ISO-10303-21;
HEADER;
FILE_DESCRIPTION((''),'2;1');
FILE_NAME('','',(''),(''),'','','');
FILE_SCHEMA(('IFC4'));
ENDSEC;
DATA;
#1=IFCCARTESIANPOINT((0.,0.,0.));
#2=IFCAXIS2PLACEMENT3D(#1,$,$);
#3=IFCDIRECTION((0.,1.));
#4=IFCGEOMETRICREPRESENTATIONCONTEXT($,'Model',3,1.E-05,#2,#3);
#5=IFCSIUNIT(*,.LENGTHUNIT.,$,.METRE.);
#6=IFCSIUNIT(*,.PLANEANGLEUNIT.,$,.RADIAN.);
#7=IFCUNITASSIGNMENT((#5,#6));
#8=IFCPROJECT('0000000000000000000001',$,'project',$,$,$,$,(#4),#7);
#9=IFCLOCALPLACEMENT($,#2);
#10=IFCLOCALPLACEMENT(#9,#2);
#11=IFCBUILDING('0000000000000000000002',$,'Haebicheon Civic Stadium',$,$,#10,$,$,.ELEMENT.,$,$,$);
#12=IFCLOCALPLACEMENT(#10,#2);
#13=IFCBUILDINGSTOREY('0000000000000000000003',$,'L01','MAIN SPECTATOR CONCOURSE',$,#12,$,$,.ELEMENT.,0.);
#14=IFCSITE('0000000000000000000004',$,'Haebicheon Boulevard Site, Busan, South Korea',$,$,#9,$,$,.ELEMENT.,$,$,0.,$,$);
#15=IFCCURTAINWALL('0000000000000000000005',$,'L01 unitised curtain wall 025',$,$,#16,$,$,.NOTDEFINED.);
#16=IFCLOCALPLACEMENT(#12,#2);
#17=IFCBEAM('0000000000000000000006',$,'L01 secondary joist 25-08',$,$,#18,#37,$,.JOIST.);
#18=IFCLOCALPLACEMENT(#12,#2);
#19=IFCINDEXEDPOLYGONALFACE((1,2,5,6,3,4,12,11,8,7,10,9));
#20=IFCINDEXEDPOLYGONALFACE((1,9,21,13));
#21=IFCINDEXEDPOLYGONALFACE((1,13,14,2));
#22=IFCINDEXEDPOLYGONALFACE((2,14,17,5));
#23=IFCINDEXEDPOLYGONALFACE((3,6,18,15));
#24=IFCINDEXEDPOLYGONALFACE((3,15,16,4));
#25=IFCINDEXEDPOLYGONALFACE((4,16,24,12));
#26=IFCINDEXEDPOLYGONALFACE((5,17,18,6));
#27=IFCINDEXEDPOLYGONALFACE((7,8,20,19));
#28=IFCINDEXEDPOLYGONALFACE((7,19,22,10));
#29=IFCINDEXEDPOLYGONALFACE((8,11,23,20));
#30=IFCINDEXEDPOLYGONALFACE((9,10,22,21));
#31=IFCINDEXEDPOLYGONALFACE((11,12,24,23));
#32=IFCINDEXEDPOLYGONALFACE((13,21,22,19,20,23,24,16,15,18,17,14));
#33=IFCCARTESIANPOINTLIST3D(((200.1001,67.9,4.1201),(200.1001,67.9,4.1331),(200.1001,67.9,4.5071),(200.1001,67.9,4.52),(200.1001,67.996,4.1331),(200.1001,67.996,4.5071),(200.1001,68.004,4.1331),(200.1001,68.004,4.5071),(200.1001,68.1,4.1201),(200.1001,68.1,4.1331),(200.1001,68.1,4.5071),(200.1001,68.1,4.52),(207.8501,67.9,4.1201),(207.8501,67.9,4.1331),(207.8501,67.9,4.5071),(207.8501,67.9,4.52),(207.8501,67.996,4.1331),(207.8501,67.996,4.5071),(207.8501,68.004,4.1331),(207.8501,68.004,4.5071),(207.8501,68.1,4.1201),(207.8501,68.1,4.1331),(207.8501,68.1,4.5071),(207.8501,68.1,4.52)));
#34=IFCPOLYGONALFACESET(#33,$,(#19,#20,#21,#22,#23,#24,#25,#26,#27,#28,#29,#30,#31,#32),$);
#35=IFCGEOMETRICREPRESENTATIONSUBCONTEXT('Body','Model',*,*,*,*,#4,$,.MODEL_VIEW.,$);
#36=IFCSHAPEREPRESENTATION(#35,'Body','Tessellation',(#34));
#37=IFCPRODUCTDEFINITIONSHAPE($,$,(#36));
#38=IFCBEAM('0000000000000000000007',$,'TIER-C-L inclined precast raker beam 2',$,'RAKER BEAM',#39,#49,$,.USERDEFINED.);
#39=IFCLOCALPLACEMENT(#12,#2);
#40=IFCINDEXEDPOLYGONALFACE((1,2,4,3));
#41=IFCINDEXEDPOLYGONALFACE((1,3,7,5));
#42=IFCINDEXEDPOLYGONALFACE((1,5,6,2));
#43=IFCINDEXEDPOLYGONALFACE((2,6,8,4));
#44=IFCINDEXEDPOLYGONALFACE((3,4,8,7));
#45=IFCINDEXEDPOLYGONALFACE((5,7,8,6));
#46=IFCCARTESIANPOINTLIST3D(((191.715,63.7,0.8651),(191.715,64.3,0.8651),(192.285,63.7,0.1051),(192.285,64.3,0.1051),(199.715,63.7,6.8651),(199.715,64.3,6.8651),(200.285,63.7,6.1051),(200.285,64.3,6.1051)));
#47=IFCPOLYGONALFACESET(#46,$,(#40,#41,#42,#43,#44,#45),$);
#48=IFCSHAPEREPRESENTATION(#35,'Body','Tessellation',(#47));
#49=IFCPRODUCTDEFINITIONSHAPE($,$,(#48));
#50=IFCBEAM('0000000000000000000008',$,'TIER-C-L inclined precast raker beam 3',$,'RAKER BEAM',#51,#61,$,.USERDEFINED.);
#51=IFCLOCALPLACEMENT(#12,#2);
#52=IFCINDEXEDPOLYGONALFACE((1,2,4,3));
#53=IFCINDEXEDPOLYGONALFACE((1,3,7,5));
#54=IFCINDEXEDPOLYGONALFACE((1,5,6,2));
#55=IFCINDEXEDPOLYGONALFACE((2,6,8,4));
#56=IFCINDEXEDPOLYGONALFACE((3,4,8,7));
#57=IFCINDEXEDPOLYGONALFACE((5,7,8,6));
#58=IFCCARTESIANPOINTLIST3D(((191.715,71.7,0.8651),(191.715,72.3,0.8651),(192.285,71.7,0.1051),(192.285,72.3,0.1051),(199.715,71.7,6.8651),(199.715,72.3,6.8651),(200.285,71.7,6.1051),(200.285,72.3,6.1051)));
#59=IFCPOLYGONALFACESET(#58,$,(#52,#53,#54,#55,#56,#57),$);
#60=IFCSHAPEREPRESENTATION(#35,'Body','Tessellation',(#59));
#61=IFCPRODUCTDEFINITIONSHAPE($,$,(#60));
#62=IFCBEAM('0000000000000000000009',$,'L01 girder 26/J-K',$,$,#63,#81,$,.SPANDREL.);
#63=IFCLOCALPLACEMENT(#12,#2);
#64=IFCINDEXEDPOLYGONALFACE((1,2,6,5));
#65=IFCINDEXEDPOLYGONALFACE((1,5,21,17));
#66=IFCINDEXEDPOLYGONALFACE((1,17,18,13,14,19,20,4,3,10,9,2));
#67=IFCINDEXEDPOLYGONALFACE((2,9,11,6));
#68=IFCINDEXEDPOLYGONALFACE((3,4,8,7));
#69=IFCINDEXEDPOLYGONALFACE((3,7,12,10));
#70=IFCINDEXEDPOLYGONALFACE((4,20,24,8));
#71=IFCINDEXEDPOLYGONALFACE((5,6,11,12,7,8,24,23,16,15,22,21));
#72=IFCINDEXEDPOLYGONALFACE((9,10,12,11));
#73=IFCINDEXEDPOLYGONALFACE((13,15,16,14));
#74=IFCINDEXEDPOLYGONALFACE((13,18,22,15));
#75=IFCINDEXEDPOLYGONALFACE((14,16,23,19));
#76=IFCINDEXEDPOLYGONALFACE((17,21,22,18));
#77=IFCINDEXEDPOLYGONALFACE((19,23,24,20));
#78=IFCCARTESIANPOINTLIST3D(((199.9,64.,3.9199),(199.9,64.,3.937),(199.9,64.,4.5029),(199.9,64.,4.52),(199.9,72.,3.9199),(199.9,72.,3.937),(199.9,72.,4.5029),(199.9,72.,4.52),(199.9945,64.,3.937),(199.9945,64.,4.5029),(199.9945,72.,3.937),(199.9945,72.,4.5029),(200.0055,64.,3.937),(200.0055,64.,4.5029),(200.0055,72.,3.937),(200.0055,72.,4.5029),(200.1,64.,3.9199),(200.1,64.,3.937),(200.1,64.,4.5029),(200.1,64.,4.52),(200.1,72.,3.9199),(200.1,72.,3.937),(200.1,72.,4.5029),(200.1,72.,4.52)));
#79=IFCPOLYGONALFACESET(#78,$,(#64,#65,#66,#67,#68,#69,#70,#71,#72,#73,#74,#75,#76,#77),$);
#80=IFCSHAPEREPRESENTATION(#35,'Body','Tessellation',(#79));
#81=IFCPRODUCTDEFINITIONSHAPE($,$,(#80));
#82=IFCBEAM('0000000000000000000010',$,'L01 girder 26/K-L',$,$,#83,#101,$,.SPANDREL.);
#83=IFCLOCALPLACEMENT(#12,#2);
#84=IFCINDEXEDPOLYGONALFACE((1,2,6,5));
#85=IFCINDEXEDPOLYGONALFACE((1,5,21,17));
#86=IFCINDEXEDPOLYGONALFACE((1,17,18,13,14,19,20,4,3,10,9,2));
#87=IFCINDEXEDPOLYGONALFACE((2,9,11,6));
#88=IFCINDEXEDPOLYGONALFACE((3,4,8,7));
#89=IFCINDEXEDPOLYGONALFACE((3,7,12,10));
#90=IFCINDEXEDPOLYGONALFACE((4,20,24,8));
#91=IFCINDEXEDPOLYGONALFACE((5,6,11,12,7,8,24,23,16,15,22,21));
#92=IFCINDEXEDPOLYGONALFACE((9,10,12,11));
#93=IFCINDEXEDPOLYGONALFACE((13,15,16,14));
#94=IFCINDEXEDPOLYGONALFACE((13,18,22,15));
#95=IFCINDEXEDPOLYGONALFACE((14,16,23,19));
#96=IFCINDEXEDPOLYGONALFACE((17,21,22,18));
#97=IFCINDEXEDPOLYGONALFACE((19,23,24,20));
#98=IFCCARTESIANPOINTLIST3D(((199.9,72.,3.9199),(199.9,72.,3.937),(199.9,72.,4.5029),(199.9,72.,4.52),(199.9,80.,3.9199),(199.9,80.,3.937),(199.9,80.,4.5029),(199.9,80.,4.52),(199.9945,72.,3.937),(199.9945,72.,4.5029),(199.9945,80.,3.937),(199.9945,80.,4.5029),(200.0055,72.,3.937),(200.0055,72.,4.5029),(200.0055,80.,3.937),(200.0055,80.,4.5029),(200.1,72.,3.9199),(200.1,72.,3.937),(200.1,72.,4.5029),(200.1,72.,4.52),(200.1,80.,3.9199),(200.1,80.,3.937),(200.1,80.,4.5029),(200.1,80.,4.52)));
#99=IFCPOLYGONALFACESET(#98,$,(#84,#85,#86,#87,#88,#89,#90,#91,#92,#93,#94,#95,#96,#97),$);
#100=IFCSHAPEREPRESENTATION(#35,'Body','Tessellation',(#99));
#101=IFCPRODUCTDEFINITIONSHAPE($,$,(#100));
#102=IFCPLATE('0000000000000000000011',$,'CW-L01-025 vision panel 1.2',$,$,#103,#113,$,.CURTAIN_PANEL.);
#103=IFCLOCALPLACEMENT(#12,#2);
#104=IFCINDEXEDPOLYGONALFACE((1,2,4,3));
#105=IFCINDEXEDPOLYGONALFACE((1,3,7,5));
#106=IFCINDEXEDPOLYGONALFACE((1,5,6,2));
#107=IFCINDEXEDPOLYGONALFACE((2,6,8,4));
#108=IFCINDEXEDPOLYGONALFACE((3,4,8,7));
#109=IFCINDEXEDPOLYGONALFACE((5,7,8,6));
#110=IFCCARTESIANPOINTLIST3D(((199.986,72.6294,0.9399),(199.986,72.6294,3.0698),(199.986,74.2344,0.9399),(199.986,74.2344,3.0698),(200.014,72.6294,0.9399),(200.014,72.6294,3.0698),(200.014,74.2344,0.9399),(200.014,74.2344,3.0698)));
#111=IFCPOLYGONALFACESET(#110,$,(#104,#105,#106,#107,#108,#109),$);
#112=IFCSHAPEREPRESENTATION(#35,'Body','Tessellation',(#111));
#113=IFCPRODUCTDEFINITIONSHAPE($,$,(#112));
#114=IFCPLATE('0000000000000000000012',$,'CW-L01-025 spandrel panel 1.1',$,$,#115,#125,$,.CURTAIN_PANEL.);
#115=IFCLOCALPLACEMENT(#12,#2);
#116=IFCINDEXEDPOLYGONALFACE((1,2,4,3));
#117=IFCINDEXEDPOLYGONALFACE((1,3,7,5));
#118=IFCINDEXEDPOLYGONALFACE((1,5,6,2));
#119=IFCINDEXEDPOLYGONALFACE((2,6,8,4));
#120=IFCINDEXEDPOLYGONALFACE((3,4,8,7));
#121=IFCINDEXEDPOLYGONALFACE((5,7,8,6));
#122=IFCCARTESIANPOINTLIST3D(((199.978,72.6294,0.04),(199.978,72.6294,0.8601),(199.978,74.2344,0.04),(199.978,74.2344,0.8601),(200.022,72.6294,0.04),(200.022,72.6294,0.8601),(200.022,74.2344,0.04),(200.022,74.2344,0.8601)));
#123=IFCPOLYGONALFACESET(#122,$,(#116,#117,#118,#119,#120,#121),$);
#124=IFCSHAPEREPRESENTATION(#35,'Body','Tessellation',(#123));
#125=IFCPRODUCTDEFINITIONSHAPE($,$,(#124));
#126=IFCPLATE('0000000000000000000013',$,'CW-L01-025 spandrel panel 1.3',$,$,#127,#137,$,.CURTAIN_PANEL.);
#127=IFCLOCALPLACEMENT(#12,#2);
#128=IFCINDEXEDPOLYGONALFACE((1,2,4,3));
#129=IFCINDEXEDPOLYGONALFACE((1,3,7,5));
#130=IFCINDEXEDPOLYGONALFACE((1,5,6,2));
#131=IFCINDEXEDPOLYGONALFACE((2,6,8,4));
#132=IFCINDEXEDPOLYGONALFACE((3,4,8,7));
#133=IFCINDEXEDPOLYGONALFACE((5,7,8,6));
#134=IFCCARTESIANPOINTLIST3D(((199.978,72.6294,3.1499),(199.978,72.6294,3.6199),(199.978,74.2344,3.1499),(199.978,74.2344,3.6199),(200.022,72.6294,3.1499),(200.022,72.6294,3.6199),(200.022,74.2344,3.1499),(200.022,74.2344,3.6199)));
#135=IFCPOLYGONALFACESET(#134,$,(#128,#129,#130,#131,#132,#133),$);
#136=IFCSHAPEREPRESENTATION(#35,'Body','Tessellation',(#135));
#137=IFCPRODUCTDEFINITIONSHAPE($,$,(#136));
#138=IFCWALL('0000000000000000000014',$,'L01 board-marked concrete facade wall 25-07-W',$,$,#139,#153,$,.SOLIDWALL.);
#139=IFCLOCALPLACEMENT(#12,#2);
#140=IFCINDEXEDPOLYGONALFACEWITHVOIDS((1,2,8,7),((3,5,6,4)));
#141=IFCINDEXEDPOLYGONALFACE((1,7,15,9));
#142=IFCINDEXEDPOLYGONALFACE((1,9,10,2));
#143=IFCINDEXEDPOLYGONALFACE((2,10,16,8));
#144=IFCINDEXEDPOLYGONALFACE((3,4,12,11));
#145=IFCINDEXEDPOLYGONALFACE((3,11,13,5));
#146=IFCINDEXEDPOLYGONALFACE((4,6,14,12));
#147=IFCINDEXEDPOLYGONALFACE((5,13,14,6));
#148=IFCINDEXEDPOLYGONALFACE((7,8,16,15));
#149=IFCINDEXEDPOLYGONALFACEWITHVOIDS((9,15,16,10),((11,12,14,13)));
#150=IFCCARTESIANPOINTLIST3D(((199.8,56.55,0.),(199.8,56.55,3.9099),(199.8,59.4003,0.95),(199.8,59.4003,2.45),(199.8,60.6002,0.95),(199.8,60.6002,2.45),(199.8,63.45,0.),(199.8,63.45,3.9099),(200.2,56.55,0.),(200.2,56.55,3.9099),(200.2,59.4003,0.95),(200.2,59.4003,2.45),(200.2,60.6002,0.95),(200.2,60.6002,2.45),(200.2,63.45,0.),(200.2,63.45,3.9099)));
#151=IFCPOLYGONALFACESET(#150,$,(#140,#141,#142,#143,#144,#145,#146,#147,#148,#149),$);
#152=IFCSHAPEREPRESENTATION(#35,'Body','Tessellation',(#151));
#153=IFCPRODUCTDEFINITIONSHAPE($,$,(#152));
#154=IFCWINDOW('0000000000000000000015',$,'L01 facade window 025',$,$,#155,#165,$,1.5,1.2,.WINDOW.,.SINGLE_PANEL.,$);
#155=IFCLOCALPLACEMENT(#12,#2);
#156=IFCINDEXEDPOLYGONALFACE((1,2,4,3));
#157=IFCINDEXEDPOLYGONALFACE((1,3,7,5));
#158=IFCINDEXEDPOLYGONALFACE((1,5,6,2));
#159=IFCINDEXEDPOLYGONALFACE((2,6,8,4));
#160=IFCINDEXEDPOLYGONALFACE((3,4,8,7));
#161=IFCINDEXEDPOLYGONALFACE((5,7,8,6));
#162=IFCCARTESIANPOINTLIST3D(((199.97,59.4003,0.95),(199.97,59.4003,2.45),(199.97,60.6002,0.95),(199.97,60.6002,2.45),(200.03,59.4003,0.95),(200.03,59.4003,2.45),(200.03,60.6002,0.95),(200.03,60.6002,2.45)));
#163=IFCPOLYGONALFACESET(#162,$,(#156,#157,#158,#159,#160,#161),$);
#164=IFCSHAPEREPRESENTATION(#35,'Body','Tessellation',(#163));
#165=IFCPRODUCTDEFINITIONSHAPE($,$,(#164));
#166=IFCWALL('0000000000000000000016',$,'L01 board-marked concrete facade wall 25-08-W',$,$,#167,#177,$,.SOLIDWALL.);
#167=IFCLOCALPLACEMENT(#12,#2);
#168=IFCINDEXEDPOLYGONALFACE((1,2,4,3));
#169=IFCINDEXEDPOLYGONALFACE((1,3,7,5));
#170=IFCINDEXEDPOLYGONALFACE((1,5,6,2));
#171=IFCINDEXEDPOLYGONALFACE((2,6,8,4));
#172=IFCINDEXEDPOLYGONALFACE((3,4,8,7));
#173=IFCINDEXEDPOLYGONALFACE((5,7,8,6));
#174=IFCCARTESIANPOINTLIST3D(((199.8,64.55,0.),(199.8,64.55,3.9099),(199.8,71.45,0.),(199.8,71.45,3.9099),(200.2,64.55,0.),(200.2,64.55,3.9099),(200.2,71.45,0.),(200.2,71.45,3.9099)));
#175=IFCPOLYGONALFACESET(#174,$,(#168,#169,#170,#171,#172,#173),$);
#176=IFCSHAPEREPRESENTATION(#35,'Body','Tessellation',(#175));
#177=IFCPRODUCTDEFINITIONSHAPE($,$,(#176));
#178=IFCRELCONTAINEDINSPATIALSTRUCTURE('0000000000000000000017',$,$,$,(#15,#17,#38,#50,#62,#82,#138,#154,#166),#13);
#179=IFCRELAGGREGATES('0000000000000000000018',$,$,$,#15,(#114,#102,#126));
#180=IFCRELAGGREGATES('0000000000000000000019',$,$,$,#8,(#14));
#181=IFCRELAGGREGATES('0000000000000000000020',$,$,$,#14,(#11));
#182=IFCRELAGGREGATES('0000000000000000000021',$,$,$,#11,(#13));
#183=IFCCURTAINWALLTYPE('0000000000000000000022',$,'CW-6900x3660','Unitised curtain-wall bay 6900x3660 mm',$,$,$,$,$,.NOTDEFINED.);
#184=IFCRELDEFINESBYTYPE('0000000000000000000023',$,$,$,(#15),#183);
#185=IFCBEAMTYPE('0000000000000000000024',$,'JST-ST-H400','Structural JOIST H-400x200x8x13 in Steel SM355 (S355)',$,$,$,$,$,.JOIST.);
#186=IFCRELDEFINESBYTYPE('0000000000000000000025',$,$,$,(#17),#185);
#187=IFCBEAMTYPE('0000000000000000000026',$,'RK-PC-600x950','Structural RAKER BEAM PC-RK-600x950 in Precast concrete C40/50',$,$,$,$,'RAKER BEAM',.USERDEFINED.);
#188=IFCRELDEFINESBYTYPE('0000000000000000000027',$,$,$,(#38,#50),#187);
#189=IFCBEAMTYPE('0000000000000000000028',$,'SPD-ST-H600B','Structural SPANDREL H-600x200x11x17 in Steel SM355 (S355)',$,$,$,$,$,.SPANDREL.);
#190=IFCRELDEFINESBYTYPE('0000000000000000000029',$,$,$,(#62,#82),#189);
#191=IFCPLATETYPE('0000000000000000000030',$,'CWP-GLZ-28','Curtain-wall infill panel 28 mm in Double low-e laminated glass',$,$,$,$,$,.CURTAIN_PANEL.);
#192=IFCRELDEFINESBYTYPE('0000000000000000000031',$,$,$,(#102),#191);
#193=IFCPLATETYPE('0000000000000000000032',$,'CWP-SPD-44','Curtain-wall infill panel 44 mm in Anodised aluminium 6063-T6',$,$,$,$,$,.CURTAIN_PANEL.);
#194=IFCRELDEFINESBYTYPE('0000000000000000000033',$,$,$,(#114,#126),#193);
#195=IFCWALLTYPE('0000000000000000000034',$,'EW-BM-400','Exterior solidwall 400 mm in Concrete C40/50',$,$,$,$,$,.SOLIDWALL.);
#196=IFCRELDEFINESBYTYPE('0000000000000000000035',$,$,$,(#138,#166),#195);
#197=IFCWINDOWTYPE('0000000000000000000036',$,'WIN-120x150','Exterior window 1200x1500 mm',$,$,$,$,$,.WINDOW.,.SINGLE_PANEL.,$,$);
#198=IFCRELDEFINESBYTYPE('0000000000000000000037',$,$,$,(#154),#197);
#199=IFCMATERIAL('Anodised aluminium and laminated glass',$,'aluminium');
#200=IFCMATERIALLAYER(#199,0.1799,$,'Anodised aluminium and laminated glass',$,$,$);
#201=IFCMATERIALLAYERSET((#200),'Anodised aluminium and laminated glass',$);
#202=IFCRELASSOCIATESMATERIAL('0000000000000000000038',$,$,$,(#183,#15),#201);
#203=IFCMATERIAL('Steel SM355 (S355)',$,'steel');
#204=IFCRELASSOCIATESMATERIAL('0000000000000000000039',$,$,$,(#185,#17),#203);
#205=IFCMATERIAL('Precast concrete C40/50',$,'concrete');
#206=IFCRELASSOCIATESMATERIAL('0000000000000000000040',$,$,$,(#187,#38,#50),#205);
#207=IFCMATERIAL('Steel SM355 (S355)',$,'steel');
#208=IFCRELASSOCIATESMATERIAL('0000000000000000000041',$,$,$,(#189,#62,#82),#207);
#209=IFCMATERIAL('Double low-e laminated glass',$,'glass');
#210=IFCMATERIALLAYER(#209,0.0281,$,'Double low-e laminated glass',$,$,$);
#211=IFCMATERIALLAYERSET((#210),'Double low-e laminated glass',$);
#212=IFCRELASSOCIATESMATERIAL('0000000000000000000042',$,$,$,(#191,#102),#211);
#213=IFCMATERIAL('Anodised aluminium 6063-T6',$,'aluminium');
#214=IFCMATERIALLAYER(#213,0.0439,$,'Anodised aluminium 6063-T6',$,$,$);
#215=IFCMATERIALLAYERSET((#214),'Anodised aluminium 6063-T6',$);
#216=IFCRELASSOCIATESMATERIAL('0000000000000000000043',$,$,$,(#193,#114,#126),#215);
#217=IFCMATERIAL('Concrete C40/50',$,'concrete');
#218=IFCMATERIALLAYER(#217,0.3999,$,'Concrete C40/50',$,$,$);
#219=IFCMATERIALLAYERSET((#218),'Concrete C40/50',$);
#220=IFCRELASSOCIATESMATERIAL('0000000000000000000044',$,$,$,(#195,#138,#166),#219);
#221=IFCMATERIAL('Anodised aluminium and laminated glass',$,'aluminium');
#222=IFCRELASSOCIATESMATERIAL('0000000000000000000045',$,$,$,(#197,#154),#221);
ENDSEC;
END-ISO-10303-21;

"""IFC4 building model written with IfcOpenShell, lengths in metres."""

from ifc_helpers import new_model, si_unit, direction, frame, frame_2d, origin, origin_2d, place, context, subcontext, project, spatial, rectangle, i_section, extrude, material, layer, layer_set, material_profile, profile_set, type_object, element, fill, aggregate, save


model = new_model("IFC4")

# Units and contexts
model_context = context("Model", 3, precision=1e-05, world=origin(), true_north=direction((0.0, 1.0)))
body_context = subcontext(model_context, "Body", "Model", "MODEL_VIEW")
ifc_project = project(units=[si_unit("LENGTHUNIT", "METRE"), si_unit("PLANEANGLEUNIT", "RADIAN")], contexts=[model_context])

# Site, building, storey
site_placement = place(None, origin())
site = spatial("IfcSite", under=ifc_project, at=site_placement, Name="Haebicheon Boulevard Site, Busan, South Korea", CompositionType="ELEMENT", RefElevation=0.0)
building_placement = place(site_placement, origin())
building = spatial("IfcBuilding", under=site, at=building_placement, Name="Haebicheon Civic Stadium", CompositionType="ELEMENT")
storey_placement = place(building_placement, origin())
storey = spatial("IfcBuildingStorey", under=building, at=storey_placement, Name="L01", Description="MAIN SPECTATOR CONCOURSE", CompositionType="ELEMENT", Elevation=0.0)

# Curtain wall
ifc_material_1 = material(Name="Anodised aluminium and laminated glass", Category="aluminium")
ifc_layer_1 = layer(ifc_material_1, 0.1799, Name="Anodised aluminium and laminated glass")
ifc_layer_set_1 = layer_set([ifc_layer_1], Name="Anodised aluminium and laminated glass")
curtain_wall_type = type_object("IfcCurtainWallType", Name="CW-6900x3660", Description="Unitised curtain-wall bay 6900x3660 mm", PredefinedType="NOTDEFINED", material=ifc_layer_set_1)
curtain_wall_placement = place(storey_placement, origin())
curtain_wall = element("IfcCurtainWall", 1, at=curtain_wall_placement, inside=storey, type_object=curtain_wall_type, material=ifc_layer_set_1, Name="L01 unitised curtain wall 025", PredefinedType="NOTDEFINED")

# Beams
ifc_material_2 = material(Name="Steel SM355 (S355)", Category="steel")
ifc_material_profile_1 = material_profile(ifc_material_2, i_section(OverallWidth=0.2, OverallDepth=0.3999, WebThickness=0.0081, FlangeThickness=0.0129, at=origin_2d()), Name="H-400x200x8x13")
ifc_profile_set_1 = profile_set([ifc_material_profile_1], Name="Steel SM355 (S355)")
beam_type_1 = type_object("IfcBeamType", Name="JST-ST-H400", Description="Structural JOIST H-400x200x8x13 in Steel SM355 (S355)", PredefinedType="JOIST", material=ifc_profile_set_1)
beam_placement = place(storey_placement, frame((200.1001, 68.0, 4.3201), z_axis=(1.0, 0.0, 0.0), x_axis=(0.0, 1.0, 0.0)))
element("IfcBeam", 2, at=beam_placement, inside=storey, type_object=beam_type_1, material=ifc_profile_set_1, Name="L01 secondary joist 25-08", PredefinedType="JOIST", context=body_context, shape_type="SweptSolid", body=[
    extrude(i_section(OverallWidth=0.2, OverallDepth=0.3999, WebThickness=0.0081, FlangeThickness=0.0129, at=origin_2d()), origin(), (0.0, 0.0, 1.0), 7.75),
])
ifc_material_3 = material(Name="Precast concrete C40/50", Category="concrete")
ifc_material_profile_2 = material_profile(ifc_material_3, rectangle(XDim=0.6001, YDim=0.95, at=origin_2d()), Name="PC-RK-600x950")
ifc_profile_set_2 = profile_set([ifc_material_profile_2], Name="Precast concrete C40/50")
beam_type_2 = type_object("IfcBeamType", Name="RK-PC-600x950", Description="Structural RAKER BEAM PC-RK-600x950 in Precast concrete C40/50", ElementType="RAKER BEAM", PredefinedType="USERDEFINED", material=ifc_profile_set_2)
for number, where, z_axis, x_axis, name in (
    (3, (192.0, 64.0, 0.4851), (0.8, 0.0, 0.6), (0.0, 1.0, 0.0), "TIER-C-L inclined precast raker beam 2"),
    (4, (192.0, 72.0, 0.4851), (0.8, 0.0, 0.6), (0.0, 1.0, 0.0), "TIER-C-L inclined precast raker beam 3"),
):
    element("IfcBeam", number, at=place(storey_placement, frame(where, z_axis=z_axis, x_axis=x_axis)), inside=storey, type_object=beam_type_2, material=ifc_profile_set_2, Name=name, ObjectType="RAKER BEAM", PredefinedType="USERDEFINED", context=body_context, shape_type="SweptSolid", body=[
        extrude(rectangle(XDim=0.6001, YDim=0.95, at=origin_2d()), origin(), (0.0, 0.0, 1.0), 10.0),
    ])
ifc_material_4 = material(Name="Steel SM355 (S355)", Category="steel")
ifc_material_profile_3 = material_profile(ifc_material_4, i_section(OverallWidth=0.2, OverallDepth=0.6001, WebThickness=0.011, FlangeThickness=0.0171, at=origin_2d()), Name="H-600x200x11x17")
ifc_profile_set_3 = profile_set([ifc_material_profile_3], Name="Steel SM355 (S355)")
beam_type_3 = type_object("IfcBeamType", Name="SPD-ST-H600B", Description="Structural SPANDREL H-600x200x11x17 in Steel SM355 (S355)", PredefinedType="SPANDREL", material=ifc_profile_set_3)
for number, where, z_axis, x_axis, name in (
    (5, (200.0, 64.0, 4.22), (0.0, 1.0, 0.0), (-1.0, 0.0, 0.0), "L01 girder 26/J-K"),
    (6, (200.0, 72.0, 4.22), (0.0, 1.0, 0.0), (-1.0, 0.0, 0.0), "L01 girder 26/K-L"),
):
    element("IfcBeam", number, at=place(storey_placement, frame(where, z_axis=z_axis, x_axis=x_axis)), inside=storey, type_object=beam_type_3, material=ifc_profile_set_3, Name=name, PredefinedType="SPANDREL", context=body_context, shape_type="SweptSolid", body=[
        extrude(i_section(OverallWidth=0.2, OverallDepth=0.6001, WebThickness=0.011, FlangeThickness=0.0171, at=origin_2d()), origin(), (0.0, 0.0, 1.0), 8.0),
    ])

# Plates
ifc_material_5 = material(Name="Double low-e laminated glass", Category="glass")
ifc_layer_2 = layer(ifc_material_5, 0.0281, Name="Double low-e laminated glass")
ifc_layer_set_2 = layer_set([ifc_layer_2], Name="Double low-e laminated glass")
plate_type_1 = type_object("IfcPlateType", Name="CWP-GLZ-28", Description="Curtain-wall infill panel 28 mm in Double low-e laminated glass", PredefinedType="CURTAIN_PANEL", material=ifc_layer_set_2)
plate_1_placement = place(storey_placement, frame((200.0, 73.4319, 0.9399), z_axis=(0.0, 0.0, 1.0), x_axis=(0.0, 1.0, 0.0)))
plate_1 = element("IfcPlate", 7, at=plate_1_placement, type_object=plate_type_1, material=ifc_layer_set_2, Name="CW-L01-025 vision panel 1.2", PredefinedType="CURTAIN_PANEL", context=body_context, shape_type="SweptSolid", body=[
    extrude(rectangle(XDim=1.605, YDim=0.0281, at=origin_2d()), origin(), (0.0, 0.0, 1.0), 2.1299),
])
ifc_material_6 = material(Name="Anodised aluminium 6063-T6", Category="aluminium")
ifc_layer_3 = layer(ifc_material_6, 0.0439, Name="Anodised aluminium 6063-T6")
ifc_layer_set_3 = layer_set([ifc_layer_3], Name="Anodised aluminium 6063-T6")
plate_type_2 = type_object("IfcPlateType", Name="CWP-SPD-44", Description="Curtain-wall infill panel 44 mm in Anodised aluminium 6063-T6", PredefinedType="CURTAIN_PANEL", material=ifc_layer_set_3)
plate_2_placement = place(storey_placement, frame((200.0, 73.4319, 0.04), z_axis=(0.0, 0.0, 1.0), x_axis=(0.0, 1.0, 0.0)))
plate_2 = element("IfcPlate", 8, at=plate_2_placement, type_object=plate_type_2, material=ifc_layer_set_3, Name="CW-L01-025 spandrel panel 1.1", PredefinedType="CURTAIN_PANEL", context=body_context, shape_type="SweptSolid", body=[
    extrude(rectangle(XDim=1.605, YDim=0.0439, at=origin_2d()), origin(), (0.0, 0.0, 1.0), 0.8201),
])
plate_3_placement = place(storey_placement, frame((200.0, 73.4319, 3.1499), z_axis=(0.0, 0.0, 1.0), x_axis=(0.0, 1.0, 0.0)))
plate_3 = element("IfcPlate", 9, at=plate_3_placement, type_object=plate_type_2, material=ifc_layer_set_3, Name="CW-L01-025 spandrel panel 1.3", PredefinedType="CURTAIN_PANEL", context=body_context, shape_type="SweptSolid", body=[
    extrude(rectangle(XDim=1.605, YDim=0.0439, at=origin_2d()), origin(), (0.0, 0.0, 1.0), 0.47),
])
aggregate(curtain_wall, [plate_2, plate_1, plate_3])

# Wall, opening, window
ifc_material_7 = material(Name="Concrete C40/50", Category="concrete")
ifc_layer_4 = layer(ifc_material_7, 0.3999, Name="Concrete C40/50")
ifc_layer_set_4 = layer_set([ifc_layer_4], Name="Concrete C40/50")
wall_type = type_object("IfcWallType", Name="EW-BM-400", Description="Exterior solidwall 400 mm in Concrete C40/50", PredefinedType="SOLIDWALL", material=ifc_layer_set_4)
wall_1_placement = place(storey_placement, frame((200.0, 56.55, 0.0), z_axis=(0.0, 0.0, 1.0), x_axis=(0.0, 1.0, 0.0)))
wall_1 = element("IfcWall", 10, at=wall_1_placement, inside=storey, type_object=wall_type, material=ifc_layer_set_4, Name="L01 board-marked concrete facade wall 25-07-W", PredefinedType="SOLIDWALL", context=body_context, shape_type="SweptSolid", body=[
    extrude(rectangle(XDim=6.8999, YDim=0.3999, at=frame_2d((3.45, 0.0))), origin(), (0.0, 0.0, 1.0), 3.9099),
])
opening_placement = place(wall_1_placement, frame((2.8501, 0.0, 0.95)))
opening = element("IfcOpeningElement", 11, at=opening_placement, cuts=wall_1, PredefinedType="OPENING", context=body_context, shape_type="SweptSolid", body=[
    extrude(rectangle(XDim=1.2, YDim=1.5, at=frame_2d((0.6001, 0.75))), frame((0.0, 0.21, 0.0), z_axis=(0.0, -1.0, 0.0), x_axis=(1.0, 0.0, 0.0)), (0.0, 0.0, 1.0), 0.4199),
])
ifc_material_8 = material(Name="Anodised aluminium and laminated glass", Category="aluminium")
window_type = type_object("IfcWindowType", Name="WIN-120x150", Description="Exterior window 1200x1500 mm", PartitioningType="SINGLE_PANEL", PredefinedType="WINDOW", material=ifc_material_8)
window_placement = place(opening_placement, origin())
window = element("IfcWindow", 12, at=window_placement, inside=storey, type_object=window_type, material=ifc_material_8, Name="L01 facade window 025", OverallHeight=1.5, OverallWidth=1.2, PartitioningType="SINGLE_PANEL", PredefinedType="WINDOW", context=body_context, shape_type="SweptSolid", body=[
    extrude(rectangle(XDim=1.2, YDim=1.5, at=frame_2d((0.6001, 0.75))), frame((0.0, 0.03, 0.0), z_axis=(0.0, -1.0, 0.0), x_axis=(1.0, 0.0, 0.0)), (0.0, 0.0, 1.0), 0.0601),
])
fill(opening, window)

# Wall
wall_2_placement = place(storey_placement, frame((200.0, 64.55, 0.0), z_axis=(0.0, 0.0, 1.0), x_axis=(0.0, 1.0, 0.0)))
element("IfcWall", 13, at=wall_2_placement, inside=storey, type_object=wall_type, material=ifc_layer_set_4, Name="L01 board-marked concrete facade wall 25-08-W", PredefinedType="SOLIDWALL", context=body_context, shape_type="SweptSolid", body=[
    extrude(rectangle(XDim=6.8999, YDim=0.3999, at=frame_2d((3.45, 0.0))), origin(), (0.0, 0.0, 1.0), 3.9099),
])

save(model, "model.ifc")
